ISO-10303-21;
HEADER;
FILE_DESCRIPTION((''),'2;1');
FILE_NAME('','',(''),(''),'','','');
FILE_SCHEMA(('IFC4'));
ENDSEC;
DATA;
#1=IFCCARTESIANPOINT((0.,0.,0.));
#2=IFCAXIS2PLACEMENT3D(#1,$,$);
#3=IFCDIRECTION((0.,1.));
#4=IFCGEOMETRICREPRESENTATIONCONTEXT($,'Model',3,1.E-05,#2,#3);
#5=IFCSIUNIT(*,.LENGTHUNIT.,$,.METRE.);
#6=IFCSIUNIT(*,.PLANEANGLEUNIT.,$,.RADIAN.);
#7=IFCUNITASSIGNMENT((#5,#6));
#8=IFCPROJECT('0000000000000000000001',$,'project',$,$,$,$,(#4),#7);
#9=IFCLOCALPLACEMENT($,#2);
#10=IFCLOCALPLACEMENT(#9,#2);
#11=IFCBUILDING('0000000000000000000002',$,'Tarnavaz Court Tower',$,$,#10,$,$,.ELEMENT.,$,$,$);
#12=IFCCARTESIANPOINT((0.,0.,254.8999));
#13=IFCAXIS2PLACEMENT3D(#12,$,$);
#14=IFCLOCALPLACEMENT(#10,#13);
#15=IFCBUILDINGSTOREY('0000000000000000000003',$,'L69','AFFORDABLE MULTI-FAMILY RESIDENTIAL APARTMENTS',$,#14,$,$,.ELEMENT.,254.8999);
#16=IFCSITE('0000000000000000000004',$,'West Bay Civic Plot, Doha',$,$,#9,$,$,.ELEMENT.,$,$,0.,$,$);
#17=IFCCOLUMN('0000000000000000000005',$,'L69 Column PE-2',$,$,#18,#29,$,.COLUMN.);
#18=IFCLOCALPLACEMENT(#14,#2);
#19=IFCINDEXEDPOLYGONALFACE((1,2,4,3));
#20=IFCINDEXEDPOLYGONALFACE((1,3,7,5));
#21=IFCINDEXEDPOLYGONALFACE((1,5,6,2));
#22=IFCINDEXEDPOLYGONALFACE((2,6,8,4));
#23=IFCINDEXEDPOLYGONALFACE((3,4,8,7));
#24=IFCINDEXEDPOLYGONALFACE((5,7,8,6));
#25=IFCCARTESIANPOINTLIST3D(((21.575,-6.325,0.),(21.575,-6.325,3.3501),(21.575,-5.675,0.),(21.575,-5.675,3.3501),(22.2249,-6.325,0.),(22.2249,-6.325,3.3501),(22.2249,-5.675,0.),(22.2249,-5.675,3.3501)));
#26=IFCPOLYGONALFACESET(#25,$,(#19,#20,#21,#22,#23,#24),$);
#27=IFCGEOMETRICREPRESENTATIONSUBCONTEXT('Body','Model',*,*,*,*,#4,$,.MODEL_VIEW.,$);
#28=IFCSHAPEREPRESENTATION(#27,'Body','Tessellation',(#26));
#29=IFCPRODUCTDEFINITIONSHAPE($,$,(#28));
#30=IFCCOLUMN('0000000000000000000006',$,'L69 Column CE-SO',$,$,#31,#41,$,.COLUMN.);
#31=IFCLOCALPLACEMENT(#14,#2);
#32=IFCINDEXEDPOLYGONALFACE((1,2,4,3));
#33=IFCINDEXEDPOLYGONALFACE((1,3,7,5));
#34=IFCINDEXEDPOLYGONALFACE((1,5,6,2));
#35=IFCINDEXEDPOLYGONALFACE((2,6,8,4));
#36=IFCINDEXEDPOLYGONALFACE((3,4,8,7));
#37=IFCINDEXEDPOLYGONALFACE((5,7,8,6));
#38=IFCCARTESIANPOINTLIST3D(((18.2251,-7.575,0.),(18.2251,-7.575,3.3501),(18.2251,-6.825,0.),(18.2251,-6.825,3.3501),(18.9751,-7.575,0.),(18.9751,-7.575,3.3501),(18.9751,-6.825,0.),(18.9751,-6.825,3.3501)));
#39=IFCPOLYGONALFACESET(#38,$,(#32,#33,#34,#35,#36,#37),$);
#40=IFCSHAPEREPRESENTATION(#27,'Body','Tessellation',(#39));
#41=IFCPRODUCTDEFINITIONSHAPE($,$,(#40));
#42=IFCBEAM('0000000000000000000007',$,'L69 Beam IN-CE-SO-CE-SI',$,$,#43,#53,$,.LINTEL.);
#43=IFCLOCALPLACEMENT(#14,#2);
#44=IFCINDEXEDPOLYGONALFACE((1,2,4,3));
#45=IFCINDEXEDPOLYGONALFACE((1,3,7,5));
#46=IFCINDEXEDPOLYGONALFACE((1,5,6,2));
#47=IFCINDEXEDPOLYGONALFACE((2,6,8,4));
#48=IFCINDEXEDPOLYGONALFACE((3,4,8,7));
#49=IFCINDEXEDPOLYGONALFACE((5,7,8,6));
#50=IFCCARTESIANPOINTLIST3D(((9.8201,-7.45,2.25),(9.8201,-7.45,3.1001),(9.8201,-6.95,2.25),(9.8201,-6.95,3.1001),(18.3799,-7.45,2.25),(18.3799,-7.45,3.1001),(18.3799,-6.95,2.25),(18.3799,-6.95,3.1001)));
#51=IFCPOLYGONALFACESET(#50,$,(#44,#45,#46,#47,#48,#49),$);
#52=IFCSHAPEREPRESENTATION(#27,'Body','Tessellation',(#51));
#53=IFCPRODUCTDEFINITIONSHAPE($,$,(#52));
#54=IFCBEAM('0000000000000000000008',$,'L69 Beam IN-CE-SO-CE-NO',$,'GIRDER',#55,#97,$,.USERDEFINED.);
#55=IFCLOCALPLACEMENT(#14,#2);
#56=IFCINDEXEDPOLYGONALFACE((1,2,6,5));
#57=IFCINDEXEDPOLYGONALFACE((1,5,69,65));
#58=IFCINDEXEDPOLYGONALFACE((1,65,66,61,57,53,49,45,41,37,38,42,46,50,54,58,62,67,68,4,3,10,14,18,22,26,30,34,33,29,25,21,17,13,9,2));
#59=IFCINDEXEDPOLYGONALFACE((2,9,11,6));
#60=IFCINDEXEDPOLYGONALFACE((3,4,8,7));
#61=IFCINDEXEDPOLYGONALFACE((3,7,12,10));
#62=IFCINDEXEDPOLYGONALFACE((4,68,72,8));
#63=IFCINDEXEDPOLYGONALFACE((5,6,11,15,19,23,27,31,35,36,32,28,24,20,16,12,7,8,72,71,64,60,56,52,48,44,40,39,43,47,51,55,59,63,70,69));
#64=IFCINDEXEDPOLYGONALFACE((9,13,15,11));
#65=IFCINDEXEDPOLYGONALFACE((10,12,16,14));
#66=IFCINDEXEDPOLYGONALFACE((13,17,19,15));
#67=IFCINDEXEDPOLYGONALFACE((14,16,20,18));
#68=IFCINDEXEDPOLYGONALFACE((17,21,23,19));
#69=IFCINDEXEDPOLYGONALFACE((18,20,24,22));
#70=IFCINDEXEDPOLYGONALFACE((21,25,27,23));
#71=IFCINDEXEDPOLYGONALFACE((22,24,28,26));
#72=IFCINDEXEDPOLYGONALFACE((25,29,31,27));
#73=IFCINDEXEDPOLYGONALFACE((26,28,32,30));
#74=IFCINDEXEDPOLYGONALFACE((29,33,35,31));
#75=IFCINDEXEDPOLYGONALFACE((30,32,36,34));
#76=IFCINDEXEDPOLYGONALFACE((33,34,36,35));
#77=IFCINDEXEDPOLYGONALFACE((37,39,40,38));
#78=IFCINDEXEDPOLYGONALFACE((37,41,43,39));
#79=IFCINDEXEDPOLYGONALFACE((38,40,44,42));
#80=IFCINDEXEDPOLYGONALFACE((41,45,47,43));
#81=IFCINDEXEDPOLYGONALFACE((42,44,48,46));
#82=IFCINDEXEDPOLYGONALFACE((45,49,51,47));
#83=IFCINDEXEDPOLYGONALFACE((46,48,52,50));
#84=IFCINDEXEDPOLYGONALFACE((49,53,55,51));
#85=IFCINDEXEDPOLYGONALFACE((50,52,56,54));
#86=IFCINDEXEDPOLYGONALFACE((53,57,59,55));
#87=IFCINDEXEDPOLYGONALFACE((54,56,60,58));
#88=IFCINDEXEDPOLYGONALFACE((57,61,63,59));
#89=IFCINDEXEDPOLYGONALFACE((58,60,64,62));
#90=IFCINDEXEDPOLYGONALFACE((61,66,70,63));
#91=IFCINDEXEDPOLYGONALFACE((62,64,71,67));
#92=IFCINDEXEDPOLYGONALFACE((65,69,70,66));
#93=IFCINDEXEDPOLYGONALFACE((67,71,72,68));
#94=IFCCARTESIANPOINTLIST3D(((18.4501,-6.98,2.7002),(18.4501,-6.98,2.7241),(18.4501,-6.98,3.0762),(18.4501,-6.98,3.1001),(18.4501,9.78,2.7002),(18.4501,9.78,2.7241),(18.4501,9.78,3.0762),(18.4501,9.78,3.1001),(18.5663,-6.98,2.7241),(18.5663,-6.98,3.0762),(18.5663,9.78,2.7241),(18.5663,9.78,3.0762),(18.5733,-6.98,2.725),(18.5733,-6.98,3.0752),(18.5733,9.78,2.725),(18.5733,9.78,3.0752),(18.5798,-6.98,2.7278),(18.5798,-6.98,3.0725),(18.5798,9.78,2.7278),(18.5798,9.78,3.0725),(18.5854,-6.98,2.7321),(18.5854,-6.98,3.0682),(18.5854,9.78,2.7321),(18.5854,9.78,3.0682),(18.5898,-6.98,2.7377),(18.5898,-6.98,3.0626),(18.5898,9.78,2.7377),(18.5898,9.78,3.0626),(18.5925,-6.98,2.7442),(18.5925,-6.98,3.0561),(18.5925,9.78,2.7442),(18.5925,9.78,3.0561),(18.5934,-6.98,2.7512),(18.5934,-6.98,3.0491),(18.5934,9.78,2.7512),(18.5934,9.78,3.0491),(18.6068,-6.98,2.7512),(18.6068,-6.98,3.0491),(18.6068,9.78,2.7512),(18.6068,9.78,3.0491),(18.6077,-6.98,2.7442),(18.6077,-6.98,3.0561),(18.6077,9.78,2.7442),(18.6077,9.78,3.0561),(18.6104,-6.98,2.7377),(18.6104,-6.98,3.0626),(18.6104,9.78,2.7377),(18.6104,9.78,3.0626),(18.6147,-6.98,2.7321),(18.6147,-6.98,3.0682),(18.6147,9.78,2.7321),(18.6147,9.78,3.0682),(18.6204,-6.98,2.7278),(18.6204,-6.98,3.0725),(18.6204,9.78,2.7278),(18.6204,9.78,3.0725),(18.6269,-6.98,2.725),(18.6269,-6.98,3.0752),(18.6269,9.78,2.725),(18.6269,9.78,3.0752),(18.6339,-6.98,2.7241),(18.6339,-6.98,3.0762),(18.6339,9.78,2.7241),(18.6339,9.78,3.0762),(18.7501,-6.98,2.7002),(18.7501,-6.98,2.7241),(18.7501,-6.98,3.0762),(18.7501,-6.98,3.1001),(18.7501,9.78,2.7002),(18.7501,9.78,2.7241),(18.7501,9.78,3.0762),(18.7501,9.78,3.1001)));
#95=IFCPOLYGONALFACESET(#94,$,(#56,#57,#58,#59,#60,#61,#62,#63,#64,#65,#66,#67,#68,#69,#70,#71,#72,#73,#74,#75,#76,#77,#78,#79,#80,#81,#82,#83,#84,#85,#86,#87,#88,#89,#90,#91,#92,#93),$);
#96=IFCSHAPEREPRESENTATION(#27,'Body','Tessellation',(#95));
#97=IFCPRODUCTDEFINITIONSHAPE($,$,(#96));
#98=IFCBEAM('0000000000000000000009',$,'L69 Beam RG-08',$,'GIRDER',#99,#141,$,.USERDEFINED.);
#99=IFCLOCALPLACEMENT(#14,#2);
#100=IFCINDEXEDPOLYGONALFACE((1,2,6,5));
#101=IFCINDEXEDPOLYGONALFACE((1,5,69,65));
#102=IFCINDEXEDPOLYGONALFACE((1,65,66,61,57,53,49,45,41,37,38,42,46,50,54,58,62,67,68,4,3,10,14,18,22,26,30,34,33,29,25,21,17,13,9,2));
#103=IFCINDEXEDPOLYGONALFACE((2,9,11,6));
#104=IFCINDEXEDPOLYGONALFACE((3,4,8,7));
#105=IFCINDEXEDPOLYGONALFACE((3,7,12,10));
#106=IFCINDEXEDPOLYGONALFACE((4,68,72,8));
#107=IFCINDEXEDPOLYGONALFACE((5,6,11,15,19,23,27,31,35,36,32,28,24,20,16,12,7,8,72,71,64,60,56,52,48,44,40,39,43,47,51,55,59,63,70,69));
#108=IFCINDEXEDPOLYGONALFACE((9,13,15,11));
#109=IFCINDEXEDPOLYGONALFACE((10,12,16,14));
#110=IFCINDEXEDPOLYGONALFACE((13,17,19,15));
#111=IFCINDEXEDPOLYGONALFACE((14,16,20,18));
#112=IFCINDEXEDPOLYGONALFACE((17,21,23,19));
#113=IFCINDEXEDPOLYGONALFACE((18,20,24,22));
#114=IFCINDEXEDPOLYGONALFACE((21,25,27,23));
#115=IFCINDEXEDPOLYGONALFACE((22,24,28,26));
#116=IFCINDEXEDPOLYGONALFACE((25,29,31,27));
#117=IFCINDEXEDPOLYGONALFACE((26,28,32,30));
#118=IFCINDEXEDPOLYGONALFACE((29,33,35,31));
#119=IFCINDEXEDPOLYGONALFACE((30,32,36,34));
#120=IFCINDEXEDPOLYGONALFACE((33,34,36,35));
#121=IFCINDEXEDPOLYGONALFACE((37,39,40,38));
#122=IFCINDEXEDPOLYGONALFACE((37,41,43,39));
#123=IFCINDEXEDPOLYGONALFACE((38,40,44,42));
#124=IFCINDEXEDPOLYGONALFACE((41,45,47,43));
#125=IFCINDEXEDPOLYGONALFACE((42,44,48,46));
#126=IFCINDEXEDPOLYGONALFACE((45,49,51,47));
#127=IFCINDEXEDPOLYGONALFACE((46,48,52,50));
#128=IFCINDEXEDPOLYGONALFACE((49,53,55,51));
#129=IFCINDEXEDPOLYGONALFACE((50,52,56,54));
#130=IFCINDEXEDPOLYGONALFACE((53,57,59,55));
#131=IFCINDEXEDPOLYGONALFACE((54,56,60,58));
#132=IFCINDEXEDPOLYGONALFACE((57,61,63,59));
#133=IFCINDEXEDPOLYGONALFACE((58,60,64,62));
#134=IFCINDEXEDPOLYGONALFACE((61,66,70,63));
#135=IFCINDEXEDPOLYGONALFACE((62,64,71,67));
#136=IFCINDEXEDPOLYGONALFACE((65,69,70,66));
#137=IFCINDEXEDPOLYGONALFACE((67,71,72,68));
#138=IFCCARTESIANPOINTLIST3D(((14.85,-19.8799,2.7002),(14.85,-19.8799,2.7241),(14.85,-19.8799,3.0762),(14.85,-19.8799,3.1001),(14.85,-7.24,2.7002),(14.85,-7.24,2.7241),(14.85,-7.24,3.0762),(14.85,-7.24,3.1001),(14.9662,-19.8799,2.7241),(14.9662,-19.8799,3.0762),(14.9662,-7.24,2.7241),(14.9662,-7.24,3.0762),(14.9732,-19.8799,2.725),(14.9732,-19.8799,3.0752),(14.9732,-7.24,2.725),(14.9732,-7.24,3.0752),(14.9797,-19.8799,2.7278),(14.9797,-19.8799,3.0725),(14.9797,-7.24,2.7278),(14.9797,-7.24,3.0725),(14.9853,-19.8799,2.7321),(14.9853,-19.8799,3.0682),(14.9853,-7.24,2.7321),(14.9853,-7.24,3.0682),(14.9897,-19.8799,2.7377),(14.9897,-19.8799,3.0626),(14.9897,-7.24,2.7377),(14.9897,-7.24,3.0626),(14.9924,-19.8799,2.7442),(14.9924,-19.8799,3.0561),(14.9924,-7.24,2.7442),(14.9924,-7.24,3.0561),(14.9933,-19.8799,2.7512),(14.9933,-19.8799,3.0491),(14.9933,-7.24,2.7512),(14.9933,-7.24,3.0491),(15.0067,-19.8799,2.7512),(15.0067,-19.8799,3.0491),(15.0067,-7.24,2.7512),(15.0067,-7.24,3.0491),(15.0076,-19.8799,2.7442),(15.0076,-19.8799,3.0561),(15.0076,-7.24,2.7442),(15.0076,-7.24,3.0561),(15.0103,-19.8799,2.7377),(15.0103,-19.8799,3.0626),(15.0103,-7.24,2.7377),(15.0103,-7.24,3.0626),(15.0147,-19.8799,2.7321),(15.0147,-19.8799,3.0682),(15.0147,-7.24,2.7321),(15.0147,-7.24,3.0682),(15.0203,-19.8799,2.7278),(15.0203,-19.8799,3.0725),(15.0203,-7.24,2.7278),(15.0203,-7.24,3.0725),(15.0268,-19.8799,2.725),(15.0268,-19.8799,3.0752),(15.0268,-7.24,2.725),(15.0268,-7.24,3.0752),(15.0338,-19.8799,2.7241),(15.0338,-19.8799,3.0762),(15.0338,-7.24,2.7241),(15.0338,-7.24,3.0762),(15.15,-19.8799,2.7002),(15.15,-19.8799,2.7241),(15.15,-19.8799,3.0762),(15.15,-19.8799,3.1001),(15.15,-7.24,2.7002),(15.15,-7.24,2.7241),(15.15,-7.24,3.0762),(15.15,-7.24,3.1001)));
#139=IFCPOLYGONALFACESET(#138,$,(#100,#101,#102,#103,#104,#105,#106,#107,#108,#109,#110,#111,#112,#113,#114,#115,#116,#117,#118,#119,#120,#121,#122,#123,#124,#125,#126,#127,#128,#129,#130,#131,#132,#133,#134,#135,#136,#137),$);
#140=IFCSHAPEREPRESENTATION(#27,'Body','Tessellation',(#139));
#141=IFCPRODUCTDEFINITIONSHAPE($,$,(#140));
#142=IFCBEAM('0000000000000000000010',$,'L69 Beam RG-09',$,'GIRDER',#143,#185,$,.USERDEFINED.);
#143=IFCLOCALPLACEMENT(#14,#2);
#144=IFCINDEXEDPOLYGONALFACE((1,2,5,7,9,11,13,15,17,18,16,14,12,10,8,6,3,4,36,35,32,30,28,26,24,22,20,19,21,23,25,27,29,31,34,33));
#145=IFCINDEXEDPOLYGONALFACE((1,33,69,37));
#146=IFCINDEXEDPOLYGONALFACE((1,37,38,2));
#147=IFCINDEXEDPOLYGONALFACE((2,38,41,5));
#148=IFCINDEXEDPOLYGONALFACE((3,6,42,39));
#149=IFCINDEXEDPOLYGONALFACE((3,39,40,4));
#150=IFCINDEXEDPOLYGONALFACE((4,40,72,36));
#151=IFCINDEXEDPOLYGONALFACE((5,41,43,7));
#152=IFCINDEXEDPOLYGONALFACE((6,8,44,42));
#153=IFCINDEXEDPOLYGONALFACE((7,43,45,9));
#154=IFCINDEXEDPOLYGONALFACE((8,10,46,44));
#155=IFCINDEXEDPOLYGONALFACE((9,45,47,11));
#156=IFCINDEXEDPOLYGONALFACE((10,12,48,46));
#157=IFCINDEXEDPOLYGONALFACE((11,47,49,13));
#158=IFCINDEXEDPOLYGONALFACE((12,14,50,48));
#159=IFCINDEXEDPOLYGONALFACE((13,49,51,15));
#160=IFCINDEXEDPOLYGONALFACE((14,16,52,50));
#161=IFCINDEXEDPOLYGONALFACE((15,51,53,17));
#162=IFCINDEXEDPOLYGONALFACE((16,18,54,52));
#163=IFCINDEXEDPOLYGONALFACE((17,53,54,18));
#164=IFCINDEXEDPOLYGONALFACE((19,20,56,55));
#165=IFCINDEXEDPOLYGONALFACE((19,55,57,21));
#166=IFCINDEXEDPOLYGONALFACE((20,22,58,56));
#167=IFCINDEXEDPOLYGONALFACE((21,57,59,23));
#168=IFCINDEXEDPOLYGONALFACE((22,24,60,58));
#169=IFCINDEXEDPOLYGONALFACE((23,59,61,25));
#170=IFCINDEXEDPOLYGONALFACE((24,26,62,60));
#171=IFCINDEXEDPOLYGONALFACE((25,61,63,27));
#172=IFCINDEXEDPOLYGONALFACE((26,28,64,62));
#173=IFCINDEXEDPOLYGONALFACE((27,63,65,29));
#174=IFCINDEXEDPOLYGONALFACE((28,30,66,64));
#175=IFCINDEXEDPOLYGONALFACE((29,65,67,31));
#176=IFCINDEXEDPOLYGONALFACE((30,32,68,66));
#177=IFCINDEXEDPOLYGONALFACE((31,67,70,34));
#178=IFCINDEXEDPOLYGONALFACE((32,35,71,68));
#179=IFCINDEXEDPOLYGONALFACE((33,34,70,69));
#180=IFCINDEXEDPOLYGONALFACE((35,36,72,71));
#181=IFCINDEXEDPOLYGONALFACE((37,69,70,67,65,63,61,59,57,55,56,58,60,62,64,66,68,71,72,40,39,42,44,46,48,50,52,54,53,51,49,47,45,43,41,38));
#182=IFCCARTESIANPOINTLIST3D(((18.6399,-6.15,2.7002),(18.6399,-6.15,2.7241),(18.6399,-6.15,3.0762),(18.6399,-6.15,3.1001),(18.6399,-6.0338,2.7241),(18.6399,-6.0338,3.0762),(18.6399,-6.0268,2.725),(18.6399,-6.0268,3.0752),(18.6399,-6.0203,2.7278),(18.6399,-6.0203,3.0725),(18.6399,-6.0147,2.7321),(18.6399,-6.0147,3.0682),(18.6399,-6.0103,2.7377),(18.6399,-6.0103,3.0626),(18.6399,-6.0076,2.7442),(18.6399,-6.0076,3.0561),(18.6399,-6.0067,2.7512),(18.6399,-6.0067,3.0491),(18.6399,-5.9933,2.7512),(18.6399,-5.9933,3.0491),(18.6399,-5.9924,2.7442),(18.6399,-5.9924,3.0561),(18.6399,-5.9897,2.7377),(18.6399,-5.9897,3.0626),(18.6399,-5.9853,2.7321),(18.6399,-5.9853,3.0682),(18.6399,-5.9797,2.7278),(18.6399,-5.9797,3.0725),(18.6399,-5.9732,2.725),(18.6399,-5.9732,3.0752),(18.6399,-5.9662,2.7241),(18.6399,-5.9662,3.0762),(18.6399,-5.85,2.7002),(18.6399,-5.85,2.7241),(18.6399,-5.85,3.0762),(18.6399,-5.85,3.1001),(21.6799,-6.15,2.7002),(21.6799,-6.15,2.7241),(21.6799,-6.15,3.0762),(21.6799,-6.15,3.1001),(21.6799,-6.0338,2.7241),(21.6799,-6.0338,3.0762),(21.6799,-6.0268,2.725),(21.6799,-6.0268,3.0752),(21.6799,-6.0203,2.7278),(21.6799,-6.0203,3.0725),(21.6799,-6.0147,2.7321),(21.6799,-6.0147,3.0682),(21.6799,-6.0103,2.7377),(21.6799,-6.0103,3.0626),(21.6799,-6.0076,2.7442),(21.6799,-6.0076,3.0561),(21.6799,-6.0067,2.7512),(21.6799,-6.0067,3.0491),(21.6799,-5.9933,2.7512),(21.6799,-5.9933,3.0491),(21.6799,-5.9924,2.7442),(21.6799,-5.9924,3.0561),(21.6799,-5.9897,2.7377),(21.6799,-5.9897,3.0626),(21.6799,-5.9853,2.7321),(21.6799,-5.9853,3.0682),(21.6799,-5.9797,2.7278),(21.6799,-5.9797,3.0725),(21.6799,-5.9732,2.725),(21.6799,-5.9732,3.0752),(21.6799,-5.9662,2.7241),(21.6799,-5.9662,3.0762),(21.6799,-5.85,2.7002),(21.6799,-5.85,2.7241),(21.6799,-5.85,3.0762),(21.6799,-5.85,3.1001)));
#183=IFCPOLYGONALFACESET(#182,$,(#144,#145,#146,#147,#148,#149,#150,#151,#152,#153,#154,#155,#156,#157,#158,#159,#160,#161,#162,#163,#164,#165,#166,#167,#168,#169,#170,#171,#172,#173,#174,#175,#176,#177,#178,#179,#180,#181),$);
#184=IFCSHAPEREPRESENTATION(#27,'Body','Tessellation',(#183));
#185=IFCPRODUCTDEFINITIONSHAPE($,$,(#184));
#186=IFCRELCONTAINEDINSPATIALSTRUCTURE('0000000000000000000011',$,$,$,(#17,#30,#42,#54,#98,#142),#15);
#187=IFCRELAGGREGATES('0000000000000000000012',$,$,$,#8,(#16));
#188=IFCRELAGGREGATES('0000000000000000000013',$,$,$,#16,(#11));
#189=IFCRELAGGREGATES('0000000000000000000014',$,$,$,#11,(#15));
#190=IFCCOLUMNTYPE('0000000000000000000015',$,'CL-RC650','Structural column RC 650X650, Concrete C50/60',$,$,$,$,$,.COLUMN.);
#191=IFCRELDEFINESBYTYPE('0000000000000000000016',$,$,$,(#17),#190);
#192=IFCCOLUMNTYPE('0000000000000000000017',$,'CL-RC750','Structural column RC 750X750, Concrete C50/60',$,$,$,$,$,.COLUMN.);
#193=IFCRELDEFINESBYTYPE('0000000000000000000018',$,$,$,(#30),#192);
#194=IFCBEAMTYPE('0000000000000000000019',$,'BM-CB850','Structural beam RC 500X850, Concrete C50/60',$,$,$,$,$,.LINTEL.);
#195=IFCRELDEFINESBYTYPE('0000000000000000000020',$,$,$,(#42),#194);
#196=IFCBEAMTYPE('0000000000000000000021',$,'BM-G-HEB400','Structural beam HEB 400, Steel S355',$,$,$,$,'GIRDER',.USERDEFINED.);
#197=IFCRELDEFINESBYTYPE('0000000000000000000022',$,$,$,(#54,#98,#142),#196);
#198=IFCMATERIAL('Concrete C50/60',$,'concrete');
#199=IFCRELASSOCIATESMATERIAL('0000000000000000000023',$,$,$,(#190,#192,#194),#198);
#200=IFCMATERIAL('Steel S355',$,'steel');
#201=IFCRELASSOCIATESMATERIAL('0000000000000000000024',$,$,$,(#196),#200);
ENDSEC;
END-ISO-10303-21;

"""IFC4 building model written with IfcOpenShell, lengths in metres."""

from ifc_helpers import new_model, si_unit, direction, frame, origin, origin_2d, place, context, subcontext, project, spatial, rectangle, i_section, extrude, material, material_profile, profile_set, type_object, element, save


model = new_model("IFC4")

# Units and contexts
model_context = context("Model", 3, precision=1e-05, world=origin(), true_north=direction((0.0, 1.0)))
body_context = subcontext(model_context, "Body", "Model", "MODEL_VIEW")
ifc_project = project(units=[si_unit("LENGTHUNIT", "METRE"), si_unit("PLANEANGLEUNIT", "RADIAN")], contexts=[model_context])

# Site, building, storey
site_placement = place(None, origin())
site = spatial("IfcSite", under=ifc_project, at=site_placement, Name="West Bay Civic Plot, Doha", CompositionType="ELEMENT", RefElevation=0.0)
building_placement = place(site_placement, origin())
building = spatial("IfcBuilding", under=site, at=building_placement, Name="Tarnavaz Court Tower", CompositionType="ELEMENT")
storey_placement = place(building_placement, frame((0.0, 0.0, 254.8999)))
storey = spatial("IfcBuildingStorey", under=building, at=storey_placement, Name="L69", Description="AFFORDABLE MULTI-FAMILY RESIDENTIAL APARTMENTS", CompositionType="ELEMENT", Elevation=254.8999)

# Columns
ifc_material_1 = material(Name="Concrete C50/60", Category="concrete")
ifc_material_profile_1 = material_profile(ifc_material_1, rectangle(XDim=0.6499, YDim=0.6499, at=origin_2d()), Name="RC 650X650")
ifc_profile_set_1 = profile_set([ifc_material_profile_1], Name="Concrete C50/60")
column_type_1 = type_object("IfcColumnType", Name="CL-RC650", Description="Structural column RC 650X650, Concrete C50/60", PredefinedType="COLUMN", material=ifc_profile_set_1)
column_1_placement = place(storey_placement, frame((21.8999, -6.0, 0.0), z_axis=(0.0, 0.0, 1.0), x_axis=(1.0, 0.0, 0.0)))
element("IfcColumn", 1, at=column_1_placement, inside=storey, type_object=column_type_1, Name="L69 Column PE-2", PredefinedType="COLUMN", context=body_context, shape_type="SweptSolid", body=[
    extrude(rectangle(XDim=0.6499, YDim=0.6499, at=origin_2d()), origin(), (0.0, 0.0, 1.0), 3.3501),
])
ifc_material_profile_2 = material_profile(ifc_material_1, rectangle(XDim=0.75, YDim=0.75, at=origin_2d()), Name="RC 750X750")
ifc_profile_set_2 = profile_set([ifc_material_profile_2], Name="Concrete C50/60")
column_type_2 = type_object("IfcColumnType", Name="CL-RC750", Description="Structural column RC 750X750, Concrete C50/60", PredefinedType="COLUMN", material=ifc_profile_set_2)
column_2_placement = place(storey_placement, frame((18.6001, -7.2, 0.0), z_axis=(0.0, 0.0, 1.0), x_axis=(1.0, 0.0, 0.0)))
element("IfcColumn", 2, at=column_2_placement, inside=storey, type_object=column_type_2, Name="L69 Column CE-SO", PredefinedType="COLUMN", context=body_context, shape_type="SweptSolid", body=[
    extrude(rectangle(XDim=0.75, YDim=0.75, at=origin_2d()), origin(), (0.0, 0.0, 1.0), 3.3501),
])

# Beams
ifc_material_profile_3 = material_profile(ifc_material_1, rectangle(XDim=0.5, YDim=0.8501, at=origin_2d()), Name="RC 500X850")
ifc_profile_set_3 = profile_set([ifc_material_profile_3], Name="Concrete C50/60")
beam_type_1 = type_object("IfcBeamType", Name="BM-CB850", Description="Structural beam RC 500X850, Concrete C50/60", PredefinedType="LINTEL", material=ifc_profile_set_3)
beam_1_placement = place(storey_placement, frame((18.3799, -7.2, 2.675), z_axis=(-1.0, 0.0, 0.0), x_axis=(0.0, -1.0, 0.0)))
element("IfcBeam", 3, at=beam_1_placement, inside=storey, type_object=beam_type_1, Name="L69 Beam IN-CE-SO-CE-SI", PredefinedType="LINTEL", context=body_context, shape_type="SweptSolid", body=[
    extrude(rectangle(XDim=0.5, YDim=0.8501, at=origin_2d()), origin(), (0.0, 0.0, 1.0), 8.5598),
])
ifc_material_2 = material(Name="Steel S355", Category="steel")
ifc_material_profile_4 = material_profile(ifc_material_2, i_section(OverallWidth=0.3, OverallDepth=0.3999, WebThickness=0.0134, FlangeThickness=0.0239, FilletRadius=0.0271, at=origin_2d()), Name="HEB 400")
ifc_profile_set_4 = profile_set([ifc_material_profile_4], Name="Steel S355")
beam_type_2 = type_object("IfcBeamType", Name="BM-G-HEB400", Description="Structural beam HEB 400, Steel S355", ElementType="GIRDER", PredefinedType="USERDEFINED", material=ifc_profile_set_4)
beam_2_placement = place(storey_placement, frame((18.6001, -6.98, 2.9001), z_axis=(0.0, 1.0, 0.0), x_axis=(-1.0, 0.0, 0.0)))
element("IfcBeam", 4, at=beam_2_placement, inside=storey, type_object=beam_type_2, Name="L69 Beam IN-CE-SO-CE-NO", ObjectType="GIRDER", PredefinedType="USERDEFINED", context=body_context, shape_type="SweptSolid", body=[
    extrude(i_section(OverallWidth=0.3, OverallDepth=0.3999, WebThickness=0.0134, FlangeThickness=0.0239, FilletRadius=0.0271, at=origin_2d()), origin(), (0.0, 0.0, 1.0), 16.76),
])
beam_3_placement = place(storey_placement, frame((15.0, -7.24, 2.9001), z_axis=(0.0, -1.0, 0.0), x_axis=(1.0, 0.0, 0.0)))
element("IfcBeam", 5, at=beam_3_placement, inside=storey, type_object=beam_type_2, Name="L69 Beam RG-08", ObjectType="GIRDER", PredefinedType="USERDEFINED", context=body_context, shape_type="SweptSolid", body=[
    extrude(i_section(OverallWidth=0.3, OverallDepth=0.3999, WebThickness=0.0134, FlangeThickness=0.0239, FilletRadius=0.0271, at=origin_2d()), origin(), (0.0, 0.0, 1.0), 12.6399),
])
beam_4_placement = place(storey_placement, frame((18.6399, -6.0, 2.9001), z_axis=(1.0, 0.0, 0.0), x_axis=(0.0, 1.0, 0.0)))
element("IfcBeam", 6, at=beam_4_placement, inside=storey, type_object=beam_type_2, Name="L69 Beam RG-09", ObjectType="GIRDER", PredefinedType="USERDEFINED", context=body_context, shape_type="SweptSolid", body=[
    extrude(i_section(OverallWidth=0.3, OverallDepth=0.3999, WebThickness=0.0134, FlangeThickness=0.0239, FilletRadius=0.0271, at=origin_2d()), origin(), (0.0, 0.0, 1.0), 3.04),
])

save(model, "model.ifc")
